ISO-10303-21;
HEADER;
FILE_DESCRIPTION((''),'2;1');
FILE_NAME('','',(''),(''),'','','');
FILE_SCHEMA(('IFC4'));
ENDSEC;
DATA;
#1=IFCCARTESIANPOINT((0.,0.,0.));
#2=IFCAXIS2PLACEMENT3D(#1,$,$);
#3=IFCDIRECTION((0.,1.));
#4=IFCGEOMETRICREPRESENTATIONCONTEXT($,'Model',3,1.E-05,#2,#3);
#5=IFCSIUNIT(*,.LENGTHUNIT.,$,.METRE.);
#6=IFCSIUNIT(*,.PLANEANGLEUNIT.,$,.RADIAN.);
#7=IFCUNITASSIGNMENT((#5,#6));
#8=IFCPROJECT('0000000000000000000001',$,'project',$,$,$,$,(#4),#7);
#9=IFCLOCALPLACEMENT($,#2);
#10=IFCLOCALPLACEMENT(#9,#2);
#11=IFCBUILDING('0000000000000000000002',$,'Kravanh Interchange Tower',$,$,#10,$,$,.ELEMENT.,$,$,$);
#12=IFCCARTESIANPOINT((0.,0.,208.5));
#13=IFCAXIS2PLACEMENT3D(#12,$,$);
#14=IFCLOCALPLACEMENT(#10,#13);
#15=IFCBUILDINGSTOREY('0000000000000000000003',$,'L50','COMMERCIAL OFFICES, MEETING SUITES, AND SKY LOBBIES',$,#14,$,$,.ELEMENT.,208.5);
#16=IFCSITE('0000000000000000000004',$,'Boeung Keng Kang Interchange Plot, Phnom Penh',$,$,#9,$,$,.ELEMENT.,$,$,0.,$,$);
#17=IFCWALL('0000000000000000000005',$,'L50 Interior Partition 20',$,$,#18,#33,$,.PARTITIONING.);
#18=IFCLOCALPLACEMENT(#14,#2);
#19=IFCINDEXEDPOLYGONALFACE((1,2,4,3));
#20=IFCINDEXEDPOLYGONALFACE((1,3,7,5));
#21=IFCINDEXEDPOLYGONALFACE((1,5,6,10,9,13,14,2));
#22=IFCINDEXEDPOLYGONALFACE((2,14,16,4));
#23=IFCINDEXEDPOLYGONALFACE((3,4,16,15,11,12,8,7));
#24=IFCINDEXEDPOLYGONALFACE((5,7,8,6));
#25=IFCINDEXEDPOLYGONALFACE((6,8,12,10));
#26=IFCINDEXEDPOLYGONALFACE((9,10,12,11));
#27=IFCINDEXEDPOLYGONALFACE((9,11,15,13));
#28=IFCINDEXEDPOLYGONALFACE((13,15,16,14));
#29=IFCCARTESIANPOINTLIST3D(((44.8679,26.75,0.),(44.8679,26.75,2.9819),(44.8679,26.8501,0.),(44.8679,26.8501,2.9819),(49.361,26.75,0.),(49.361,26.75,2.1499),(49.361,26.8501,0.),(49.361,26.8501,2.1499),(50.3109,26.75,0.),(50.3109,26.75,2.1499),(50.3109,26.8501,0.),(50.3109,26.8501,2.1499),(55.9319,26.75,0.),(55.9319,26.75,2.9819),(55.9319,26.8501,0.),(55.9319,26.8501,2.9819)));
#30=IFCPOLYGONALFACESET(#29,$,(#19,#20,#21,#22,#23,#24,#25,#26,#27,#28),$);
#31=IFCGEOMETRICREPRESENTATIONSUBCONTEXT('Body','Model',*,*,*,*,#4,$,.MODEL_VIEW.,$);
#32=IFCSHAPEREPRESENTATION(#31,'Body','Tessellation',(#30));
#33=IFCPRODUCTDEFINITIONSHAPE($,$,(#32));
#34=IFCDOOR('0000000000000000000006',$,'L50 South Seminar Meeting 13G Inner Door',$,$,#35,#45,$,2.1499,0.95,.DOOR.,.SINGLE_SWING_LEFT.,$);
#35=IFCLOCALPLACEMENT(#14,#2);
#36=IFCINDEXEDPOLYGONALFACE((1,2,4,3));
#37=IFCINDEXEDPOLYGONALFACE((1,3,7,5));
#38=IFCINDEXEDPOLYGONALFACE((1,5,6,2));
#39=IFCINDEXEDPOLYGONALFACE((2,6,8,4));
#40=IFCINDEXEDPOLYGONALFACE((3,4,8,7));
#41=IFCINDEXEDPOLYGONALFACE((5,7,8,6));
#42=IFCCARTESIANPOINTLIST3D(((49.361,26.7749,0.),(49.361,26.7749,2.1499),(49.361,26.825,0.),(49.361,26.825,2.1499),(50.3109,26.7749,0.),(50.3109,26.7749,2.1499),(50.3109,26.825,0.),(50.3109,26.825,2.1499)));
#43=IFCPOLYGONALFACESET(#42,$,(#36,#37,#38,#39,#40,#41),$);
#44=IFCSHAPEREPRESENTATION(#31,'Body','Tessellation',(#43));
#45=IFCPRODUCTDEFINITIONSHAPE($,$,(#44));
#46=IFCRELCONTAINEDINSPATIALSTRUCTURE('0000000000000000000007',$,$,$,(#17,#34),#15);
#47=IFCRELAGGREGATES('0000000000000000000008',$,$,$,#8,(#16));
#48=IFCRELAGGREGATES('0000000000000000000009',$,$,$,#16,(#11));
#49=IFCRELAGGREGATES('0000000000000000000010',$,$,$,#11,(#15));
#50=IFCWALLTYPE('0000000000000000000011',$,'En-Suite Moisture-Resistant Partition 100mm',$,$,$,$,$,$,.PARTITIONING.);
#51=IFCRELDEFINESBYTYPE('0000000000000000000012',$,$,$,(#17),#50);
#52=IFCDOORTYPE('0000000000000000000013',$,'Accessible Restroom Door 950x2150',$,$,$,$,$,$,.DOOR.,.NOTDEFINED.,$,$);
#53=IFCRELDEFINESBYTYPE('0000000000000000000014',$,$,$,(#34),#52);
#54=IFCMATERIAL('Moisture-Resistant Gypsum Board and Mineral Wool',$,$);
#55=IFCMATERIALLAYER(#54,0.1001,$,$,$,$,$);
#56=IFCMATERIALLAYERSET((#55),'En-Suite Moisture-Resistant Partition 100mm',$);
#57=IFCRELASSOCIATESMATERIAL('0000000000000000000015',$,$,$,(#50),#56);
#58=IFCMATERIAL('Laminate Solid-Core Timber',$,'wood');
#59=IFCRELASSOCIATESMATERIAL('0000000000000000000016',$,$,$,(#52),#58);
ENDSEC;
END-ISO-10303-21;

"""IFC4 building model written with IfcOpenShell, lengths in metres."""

from ifc_helpers import new_model, si_unit, direction, frame, frame_2d, origin, place, context, subcontext, project, spatial, rectangle, extrude, material, layer, layer_set, type_object, element, fill, save


model = new_model("IFC4")

# Units and contexts
model_context = context("Model", 3, precision=1e-05, world=origin(), true_north=direction((0.0, 1.0)))
body_context = subcontext(model_context, "Body", "Model", "MODEL_VIEW")
ifc_project = project(units=[si_unit("LENGTHUNIT", "METRE"), si_unit("PLANEANGLEUNIT", "RADIAN")], contexts=[model_context])

# Site, building, storey
site_placement = place(None, origin())
site = spatial("IfcSite", under=ifc_project, at=site_placement, Name="Boeung Keng Kang Interchange Plot, Phnom Penh", CompositionType="ELEMENT", RefElevation=0.0)
building_placement = place(site_placement, origin())
building = spatial("IfcBuilding", under=site, at=building_placement, Name="Kravanh Interchange Tower", CompositionType="ELEMENT")
storey_placement = place(building_placement, frame((0.0, 0.0, 208.5)))
storey = spatial("IfcBuildingStorey", under=building, at=storey_placement, Name="L50", Description="COMMERCIAL OFFICES, MEETING SUITES, AND SKY LOBBIES", CompositionType="ELEMENT", Elevation=208.5)

# Wall, opening, door
ifc_material_1 = material(Name="Moisture-Resistant Gypsum Board and Mineral Wool")
ifc_layer_1 = layer(ifc_material_1, 0.1001)
ifc_layer_set_1 = layer_set([ifc_layer_1], Name="En-Suite Moisture-Resistant Partition 100mm")
wall_type_1 = type_object("IfcWallType", Name="En-Suite Moisture-Resistant Partition 100mm", PredefinedType="PARTITIONING", material=ifc_layer_set_1)
wall_1_placement = place(storey_placement, frame((44.8679, 26.8, 0.0), z_axis=(0.0, 0.0, 1.0), x_axis=(1.0, 0.0, 0.0)))
wall_1 = element("IfcWall", 1, at=wall_1_placement, inside=storey, type_object=wall_type_1, Name="L50 Interior Partition 20", PredefinedType="PARTITIONING", context=body_context, shape_type="SweptSolid", body=[
    extrude(rectangle(XDim=11.064, YDim=0.1001, at=frame_2d((5.532, 0.0))), origin(), (0.0, 0.0, 1.0), 2.9819),
])
opening_placement = place(wall_1_placement, frame((4.4929, 0.0, 0.0)))
opening = element("IfcOpeningElement", 2, at=opening_placement, cuts=wall_1, PredefinedType="OPENING", context=body_context, shape_type="SweptSolid", body=[
    extrude(rectangle(XDim=0.95, YDim=2.1499, at=frame_2d((0.4751, 1.075))), frame((0.0, 0.0601, 0.0), z_axis=(0.0, -1.0, 0.0), x_axis=(1.0, 0.0, 0.0)), (0.0, 0.0, 1.0), 0.1201),
])
ifc_material_2 = material(Name="Laminate Solid-Core Timber", Category="wood")
door_type = type_object("IfcDoorType", Name="Accessible Restroom Door 950x2150", OperationType="NOTDEFINED", PredefinedType="DOOR", material=ifc_material_2)
door_placement = place(opening_placement, origin())
door = element("IfcDoor", 3, at=door_placement, inside=storey, type_object=door_type, Name="L50 South Seminar Meeting 13G Inner Door", OperationType="SINGLE_SWING_LEFT", OverallHeight=2.1499, OverallWidth=0.95, PredefinedType="DOOR", context=body_context, shape_type="SweptSolid", body=[
    extrude(rectangle(XDim=0.95, YDim=2.1499, at=frame_2d((0.4751, 1.075))), frame((0.0, 0.0249, 0.0), z_axis=(0.0, -1.0, 0.0), x_axis=(1.0, 0.0, 0.0)), (0.0, 0.0, 1.0), 0.05),
])
fill(opening, door)

save(model, "model.ifc")
